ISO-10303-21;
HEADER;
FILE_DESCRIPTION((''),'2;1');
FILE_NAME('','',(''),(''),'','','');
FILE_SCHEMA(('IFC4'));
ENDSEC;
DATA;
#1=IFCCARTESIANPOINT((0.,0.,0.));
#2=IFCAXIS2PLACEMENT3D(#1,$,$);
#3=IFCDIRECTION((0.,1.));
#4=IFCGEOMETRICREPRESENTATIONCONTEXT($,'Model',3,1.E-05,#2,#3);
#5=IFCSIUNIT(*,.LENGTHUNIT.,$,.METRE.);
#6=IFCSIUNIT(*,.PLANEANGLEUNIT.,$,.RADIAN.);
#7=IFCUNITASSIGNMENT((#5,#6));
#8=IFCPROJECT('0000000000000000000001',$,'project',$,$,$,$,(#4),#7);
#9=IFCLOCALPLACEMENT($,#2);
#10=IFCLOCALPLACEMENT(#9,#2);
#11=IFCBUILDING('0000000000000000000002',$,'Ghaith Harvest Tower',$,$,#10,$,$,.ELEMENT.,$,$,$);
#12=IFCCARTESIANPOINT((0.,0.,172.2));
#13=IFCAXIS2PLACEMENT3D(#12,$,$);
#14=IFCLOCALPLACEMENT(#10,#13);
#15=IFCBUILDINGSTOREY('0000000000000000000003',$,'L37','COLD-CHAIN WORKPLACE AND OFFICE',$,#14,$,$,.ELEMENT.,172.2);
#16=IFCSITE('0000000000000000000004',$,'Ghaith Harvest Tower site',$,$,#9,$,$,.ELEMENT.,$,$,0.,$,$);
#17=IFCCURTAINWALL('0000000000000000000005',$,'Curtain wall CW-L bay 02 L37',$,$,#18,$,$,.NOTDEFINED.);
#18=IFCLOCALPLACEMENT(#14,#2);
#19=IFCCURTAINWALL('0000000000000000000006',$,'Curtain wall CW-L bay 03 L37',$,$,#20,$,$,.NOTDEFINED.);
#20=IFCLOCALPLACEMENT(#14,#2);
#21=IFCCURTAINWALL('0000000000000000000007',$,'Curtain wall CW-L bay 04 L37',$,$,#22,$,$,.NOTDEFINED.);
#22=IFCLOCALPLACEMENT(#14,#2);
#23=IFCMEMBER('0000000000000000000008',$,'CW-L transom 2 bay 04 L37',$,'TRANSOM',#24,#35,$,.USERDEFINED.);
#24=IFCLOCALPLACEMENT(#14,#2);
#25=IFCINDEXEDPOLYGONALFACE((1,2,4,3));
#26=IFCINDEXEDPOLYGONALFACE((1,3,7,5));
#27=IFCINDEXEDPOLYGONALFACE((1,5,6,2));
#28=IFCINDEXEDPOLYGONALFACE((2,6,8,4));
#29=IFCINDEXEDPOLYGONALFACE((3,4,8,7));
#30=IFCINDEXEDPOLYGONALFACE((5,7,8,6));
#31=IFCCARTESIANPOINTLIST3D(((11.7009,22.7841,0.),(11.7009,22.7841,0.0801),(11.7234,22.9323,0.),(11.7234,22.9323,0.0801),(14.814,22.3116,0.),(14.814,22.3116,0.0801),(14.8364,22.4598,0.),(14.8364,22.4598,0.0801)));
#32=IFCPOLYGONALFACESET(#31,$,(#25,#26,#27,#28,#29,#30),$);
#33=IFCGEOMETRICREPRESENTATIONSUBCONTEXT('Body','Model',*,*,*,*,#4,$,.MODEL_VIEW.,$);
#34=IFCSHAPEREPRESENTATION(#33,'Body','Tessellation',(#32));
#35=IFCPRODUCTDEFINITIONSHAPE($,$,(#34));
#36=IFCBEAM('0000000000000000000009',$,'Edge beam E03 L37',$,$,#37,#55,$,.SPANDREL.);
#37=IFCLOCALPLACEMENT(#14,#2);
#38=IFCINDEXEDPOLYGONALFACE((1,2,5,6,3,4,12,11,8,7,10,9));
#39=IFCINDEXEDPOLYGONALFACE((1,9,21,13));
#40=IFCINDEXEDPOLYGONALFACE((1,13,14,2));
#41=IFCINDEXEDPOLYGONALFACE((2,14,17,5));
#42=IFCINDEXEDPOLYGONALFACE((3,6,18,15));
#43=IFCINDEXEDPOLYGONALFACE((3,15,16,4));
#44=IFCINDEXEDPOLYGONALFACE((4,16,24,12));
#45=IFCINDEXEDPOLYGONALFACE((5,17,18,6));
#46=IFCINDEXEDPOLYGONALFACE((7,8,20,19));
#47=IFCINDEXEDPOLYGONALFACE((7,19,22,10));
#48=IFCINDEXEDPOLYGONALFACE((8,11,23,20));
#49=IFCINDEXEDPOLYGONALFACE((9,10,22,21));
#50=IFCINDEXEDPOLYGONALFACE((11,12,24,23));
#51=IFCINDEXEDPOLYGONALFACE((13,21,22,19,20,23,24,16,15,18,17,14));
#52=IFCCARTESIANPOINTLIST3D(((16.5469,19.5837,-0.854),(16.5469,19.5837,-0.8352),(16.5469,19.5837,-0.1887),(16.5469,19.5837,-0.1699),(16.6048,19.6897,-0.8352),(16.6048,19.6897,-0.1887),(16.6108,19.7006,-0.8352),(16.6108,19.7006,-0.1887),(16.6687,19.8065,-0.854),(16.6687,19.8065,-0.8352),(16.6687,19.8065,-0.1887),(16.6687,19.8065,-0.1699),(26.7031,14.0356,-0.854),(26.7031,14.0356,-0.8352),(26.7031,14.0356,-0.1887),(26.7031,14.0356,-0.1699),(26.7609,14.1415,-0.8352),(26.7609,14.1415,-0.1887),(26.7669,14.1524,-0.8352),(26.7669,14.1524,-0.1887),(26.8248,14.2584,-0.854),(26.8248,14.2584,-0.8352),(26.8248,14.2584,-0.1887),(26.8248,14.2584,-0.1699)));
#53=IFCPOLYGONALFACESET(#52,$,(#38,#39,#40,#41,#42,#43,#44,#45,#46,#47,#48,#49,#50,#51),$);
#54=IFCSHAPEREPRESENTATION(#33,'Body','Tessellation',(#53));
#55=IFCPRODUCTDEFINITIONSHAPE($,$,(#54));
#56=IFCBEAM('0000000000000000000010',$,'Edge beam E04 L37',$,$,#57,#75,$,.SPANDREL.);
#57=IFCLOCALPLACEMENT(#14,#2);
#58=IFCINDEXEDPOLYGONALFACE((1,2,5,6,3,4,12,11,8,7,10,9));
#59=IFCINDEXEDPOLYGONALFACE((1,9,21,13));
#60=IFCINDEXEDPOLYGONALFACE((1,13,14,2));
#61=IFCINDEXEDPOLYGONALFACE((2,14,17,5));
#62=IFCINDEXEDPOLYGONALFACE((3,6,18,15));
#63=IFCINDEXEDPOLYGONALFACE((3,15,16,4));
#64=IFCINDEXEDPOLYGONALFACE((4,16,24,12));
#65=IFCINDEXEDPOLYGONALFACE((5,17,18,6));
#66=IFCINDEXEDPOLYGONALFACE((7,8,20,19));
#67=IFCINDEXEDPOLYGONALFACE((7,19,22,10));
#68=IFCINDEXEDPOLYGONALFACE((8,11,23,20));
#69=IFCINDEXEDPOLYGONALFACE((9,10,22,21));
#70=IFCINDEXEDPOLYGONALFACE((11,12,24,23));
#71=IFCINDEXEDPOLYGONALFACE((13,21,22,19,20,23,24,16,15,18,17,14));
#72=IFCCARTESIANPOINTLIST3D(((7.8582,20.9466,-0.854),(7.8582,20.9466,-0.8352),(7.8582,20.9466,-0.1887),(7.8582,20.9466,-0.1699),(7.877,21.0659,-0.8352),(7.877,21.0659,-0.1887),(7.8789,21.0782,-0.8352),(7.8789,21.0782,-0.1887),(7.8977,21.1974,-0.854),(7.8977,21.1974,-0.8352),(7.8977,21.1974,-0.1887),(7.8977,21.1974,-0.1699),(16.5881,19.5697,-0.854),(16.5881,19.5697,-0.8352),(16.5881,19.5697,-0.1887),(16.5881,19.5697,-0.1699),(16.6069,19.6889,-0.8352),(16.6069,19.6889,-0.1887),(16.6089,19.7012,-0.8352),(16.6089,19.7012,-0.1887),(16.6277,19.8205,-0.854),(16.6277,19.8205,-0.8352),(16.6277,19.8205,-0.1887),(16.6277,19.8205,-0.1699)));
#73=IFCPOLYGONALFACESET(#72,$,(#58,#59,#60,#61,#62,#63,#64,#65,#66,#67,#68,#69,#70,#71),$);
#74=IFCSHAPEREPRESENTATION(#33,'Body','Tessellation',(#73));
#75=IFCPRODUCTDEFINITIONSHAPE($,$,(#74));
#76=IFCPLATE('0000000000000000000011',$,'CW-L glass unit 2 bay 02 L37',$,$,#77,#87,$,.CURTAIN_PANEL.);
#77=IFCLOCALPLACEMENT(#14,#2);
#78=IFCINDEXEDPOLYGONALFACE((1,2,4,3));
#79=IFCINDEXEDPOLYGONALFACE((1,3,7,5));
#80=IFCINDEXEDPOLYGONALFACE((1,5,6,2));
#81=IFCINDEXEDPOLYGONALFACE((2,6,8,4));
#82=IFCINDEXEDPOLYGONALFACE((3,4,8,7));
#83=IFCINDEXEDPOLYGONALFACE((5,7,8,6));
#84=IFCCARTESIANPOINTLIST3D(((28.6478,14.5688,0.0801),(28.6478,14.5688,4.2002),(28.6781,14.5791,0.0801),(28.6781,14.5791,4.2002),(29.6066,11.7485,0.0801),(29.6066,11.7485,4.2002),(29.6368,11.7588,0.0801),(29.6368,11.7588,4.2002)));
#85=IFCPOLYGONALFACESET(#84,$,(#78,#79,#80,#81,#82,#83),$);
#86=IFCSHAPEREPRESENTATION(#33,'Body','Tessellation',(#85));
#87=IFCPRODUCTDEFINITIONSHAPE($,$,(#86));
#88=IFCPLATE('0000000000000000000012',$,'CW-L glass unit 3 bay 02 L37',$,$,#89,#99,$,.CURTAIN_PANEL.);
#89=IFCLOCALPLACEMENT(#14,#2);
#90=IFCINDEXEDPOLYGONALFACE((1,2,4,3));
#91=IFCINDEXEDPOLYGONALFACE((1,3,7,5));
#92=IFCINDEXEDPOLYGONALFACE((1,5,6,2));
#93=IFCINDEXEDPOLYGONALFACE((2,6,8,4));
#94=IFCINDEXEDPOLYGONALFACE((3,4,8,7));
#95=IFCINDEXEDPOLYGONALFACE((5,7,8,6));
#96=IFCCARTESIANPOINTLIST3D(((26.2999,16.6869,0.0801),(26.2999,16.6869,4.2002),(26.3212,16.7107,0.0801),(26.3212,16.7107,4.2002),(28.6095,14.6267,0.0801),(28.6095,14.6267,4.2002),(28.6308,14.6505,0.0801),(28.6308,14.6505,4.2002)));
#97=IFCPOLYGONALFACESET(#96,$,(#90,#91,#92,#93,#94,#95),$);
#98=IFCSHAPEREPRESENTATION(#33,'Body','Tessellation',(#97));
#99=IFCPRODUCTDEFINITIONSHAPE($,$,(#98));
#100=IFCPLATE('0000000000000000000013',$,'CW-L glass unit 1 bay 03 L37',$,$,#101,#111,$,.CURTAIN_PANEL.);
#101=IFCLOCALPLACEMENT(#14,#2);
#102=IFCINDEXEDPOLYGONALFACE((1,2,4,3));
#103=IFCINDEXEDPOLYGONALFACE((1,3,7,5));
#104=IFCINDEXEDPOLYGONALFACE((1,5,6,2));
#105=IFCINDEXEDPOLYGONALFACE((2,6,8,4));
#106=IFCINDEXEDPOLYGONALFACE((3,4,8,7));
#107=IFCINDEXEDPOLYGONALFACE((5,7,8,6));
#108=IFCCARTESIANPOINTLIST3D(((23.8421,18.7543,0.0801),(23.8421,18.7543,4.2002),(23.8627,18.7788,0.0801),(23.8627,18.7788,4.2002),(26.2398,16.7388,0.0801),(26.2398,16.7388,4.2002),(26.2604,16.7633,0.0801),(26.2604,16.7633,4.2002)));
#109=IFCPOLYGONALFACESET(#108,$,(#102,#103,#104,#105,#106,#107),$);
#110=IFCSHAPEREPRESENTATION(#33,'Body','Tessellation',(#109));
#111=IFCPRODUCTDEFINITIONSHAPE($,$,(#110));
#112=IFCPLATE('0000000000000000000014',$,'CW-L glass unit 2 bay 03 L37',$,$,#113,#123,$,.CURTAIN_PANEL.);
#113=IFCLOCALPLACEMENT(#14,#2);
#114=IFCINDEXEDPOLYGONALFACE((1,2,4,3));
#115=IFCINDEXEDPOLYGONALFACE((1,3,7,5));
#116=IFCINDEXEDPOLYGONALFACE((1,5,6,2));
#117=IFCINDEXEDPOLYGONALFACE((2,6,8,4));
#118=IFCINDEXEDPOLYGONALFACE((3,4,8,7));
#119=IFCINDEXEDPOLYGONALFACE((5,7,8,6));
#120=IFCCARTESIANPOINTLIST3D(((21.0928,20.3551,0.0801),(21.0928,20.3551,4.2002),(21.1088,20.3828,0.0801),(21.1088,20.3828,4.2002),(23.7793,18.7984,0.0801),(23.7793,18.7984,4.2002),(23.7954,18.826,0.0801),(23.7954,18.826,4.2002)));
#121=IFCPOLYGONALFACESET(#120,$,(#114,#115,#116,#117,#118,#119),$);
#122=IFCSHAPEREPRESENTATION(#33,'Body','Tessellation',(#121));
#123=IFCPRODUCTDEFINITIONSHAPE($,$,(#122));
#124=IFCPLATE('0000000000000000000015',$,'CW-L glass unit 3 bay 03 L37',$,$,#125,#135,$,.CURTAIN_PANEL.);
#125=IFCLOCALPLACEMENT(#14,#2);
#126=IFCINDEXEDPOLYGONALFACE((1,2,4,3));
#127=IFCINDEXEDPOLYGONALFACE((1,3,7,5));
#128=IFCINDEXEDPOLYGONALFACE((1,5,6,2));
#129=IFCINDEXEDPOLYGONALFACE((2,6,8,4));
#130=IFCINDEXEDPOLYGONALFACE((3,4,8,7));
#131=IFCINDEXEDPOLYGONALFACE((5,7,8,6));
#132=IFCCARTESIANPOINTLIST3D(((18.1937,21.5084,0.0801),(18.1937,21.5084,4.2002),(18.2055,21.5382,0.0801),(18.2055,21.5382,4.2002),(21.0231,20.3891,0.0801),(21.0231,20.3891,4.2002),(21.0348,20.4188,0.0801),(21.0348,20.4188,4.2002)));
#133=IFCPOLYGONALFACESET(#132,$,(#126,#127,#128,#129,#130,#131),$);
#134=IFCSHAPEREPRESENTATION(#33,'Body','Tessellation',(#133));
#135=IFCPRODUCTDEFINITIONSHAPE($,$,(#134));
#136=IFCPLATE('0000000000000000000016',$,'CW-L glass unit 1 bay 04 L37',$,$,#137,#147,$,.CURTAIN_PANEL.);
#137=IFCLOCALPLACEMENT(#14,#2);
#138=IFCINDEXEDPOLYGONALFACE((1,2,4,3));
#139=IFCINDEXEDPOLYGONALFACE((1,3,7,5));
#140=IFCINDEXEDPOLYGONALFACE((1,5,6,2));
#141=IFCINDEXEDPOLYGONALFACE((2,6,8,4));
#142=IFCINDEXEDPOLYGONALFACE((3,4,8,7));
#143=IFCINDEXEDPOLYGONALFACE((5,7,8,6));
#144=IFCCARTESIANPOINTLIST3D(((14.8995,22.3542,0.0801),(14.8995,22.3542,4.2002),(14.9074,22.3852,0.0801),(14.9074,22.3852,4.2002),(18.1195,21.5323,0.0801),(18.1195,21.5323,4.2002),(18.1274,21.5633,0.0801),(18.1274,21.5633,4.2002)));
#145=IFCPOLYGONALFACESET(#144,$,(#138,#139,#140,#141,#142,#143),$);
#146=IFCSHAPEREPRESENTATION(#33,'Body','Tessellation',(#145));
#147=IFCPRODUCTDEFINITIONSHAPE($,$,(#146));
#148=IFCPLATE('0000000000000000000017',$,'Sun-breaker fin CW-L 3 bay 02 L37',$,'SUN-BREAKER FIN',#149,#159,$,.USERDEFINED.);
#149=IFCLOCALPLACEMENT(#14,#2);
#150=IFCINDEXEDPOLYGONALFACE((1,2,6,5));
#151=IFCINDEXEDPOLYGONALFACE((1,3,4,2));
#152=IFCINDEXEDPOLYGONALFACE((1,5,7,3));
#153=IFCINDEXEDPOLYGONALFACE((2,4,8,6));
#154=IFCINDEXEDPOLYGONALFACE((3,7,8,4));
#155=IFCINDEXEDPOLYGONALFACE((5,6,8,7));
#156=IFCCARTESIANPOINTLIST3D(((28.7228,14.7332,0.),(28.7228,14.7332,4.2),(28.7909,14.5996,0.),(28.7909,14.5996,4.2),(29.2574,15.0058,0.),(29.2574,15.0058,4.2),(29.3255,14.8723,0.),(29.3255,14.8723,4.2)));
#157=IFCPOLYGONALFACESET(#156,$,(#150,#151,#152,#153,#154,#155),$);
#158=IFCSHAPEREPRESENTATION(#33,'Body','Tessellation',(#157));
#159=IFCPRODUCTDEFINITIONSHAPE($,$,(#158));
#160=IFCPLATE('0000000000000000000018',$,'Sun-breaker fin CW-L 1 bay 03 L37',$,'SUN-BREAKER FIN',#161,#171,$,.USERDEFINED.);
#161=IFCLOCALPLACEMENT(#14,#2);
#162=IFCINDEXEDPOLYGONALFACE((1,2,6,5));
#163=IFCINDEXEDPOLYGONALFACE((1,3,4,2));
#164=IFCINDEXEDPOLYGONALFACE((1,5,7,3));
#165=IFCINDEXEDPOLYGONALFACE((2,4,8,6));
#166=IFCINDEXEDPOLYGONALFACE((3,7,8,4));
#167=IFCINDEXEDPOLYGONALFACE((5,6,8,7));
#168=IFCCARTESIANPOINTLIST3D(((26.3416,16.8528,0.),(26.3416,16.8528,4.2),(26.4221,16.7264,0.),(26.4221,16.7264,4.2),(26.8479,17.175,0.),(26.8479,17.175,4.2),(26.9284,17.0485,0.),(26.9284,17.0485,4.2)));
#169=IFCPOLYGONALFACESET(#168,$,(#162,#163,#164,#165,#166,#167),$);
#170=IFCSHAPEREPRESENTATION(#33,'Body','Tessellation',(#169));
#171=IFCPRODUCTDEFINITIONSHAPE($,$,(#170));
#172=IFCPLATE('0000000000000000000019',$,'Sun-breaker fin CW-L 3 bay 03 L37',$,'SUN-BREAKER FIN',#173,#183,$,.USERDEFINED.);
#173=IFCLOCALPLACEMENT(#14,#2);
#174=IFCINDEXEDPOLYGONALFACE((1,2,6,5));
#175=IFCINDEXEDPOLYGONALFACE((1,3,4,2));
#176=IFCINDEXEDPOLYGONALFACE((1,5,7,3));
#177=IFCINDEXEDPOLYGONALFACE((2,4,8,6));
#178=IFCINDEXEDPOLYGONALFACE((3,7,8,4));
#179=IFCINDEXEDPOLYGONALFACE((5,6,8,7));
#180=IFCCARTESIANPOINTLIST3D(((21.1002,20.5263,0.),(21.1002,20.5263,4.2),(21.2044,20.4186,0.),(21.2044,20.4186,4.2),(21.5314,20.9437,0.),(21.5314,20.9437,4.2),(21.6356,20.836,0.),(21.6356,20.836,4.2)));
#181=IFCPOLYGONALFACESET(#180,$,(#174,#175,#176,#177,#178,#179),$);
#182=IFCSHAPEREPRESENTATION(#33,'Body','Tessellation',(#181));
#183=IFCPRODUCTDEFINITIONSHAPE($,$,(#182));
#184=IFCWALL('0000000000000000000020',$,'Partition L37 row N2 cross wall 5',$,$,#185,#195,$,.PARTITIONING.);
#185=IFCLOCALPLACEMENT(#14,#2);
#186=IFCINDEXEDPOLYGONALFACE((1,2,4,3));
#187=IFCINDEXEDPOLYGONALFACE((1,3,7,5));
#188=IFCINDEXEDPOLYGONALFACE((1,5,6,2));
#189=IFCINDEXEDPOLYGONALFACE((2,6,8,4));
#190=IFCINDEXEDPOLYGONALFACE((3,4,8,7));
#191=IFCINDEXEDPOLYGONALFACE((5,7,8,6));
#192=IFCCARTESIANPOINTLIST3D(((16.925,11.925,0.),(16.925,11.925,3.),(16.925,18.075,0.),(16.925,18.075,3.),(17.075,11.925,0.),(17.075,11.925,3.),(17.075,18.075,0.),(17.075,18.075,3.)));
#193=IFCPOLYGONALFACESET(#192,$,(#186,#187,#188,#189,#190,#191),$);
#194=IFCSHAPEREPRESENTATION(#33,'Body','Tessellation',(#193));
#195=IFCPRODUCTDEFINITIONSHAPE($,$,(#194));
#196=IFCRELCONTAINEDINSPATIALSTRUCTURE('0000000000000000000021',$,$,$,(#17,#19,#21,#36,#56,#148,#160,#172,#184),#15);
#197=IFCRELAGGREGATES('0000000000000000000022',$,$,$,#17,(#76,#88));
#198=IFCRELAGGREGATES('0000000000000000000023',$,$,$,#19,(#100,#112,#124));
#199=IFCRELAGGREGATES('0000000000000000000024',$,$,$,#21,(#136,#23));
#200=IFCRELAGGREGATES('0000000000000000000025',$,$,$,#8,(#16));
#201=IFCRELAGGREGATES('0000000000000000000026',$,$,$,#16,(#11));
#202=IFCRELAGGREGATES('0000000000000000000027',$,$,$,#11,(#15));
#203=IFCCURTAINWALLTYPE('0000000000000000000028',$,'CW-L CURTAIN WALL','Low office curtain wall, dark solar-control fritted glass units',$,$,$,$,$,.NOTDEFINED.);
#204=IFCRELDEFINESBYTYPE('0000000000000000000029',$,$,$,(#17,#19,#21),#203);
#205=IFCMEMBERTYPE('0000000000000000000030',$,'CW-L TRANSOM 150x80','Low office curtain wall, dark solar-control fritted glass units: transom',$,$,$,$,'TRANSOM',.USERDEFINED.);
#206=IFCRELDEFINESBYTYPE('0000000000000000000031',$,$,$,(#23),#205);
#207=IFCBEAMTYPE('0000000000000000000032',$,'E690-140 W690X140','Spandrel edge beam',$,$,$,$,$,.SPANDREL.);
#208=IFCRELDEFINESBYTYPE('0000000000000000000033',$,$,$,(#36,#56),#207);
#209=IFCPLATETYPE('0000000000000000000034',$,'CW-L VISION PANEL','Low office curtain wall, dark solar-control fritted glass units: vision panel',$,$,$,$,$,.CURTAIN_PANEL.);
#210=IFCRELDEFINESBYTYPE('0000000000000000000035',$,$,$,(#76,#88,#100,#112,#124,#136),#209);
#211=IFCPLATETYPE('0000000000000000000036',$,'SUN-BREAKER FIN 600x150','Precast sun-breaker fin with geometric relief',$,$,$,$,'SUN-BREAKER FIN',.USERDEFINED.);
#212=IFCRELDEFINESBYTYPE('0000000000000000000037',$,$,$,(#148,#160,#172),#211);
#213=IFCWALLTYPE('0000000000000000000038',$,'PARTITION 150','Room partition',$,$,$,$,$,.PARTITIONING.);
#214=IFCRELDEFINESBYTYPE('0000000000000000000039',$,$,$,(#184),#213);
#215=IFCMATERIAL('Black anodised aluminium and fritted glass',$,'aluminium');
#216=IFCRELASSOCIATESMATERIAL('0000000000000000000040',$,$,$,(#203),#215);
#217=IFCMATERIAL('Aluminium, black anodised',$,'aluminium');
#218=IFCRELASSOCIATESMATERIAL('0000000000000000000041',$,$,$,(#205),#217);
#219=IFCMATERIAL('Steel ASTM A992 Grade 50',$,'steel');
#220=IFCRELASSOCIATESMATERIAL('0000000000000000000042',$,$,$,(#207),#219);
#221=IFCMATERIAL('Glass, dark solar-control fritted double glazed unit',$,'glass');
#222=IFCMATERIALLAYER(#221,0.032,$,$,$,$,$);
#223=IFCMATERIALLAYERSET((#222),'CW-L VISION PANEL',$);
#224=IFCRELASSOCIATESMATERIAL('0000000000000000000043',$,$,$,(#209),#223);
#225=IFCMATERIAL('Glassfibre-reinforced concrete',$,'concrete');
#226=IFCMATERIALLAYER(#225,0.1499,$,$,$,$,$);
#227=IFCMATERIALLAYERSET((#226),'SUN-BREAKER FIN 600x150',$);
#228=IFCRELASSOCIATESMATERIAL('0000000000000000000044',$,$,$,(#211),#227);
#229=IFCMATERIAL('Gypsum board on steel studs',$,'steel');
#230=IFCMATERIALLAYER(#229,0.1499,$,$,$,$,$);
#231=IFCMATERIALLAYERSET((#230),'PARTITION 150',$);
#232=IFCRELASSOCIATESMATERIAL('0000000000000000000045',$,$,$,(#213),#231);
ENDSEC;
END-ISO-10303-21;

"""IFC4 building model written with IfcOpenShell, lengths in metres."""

from ifc_helpers import new_model, si_unit, direction, frame, frame_2d, origin, origin_2d, place, context, subcontext, project, spatial, rectangle, i_section, extrude, material, layer, layer_set, material_profile, profile_set, type_object, element, aggregate, save


model = new_model("IFC4")

# Units and contexts
model_context = context("Model", 3, precision=1e-05, world=origin(), true_north=direction((0.0, 1.0)))
body_context = subcontext(model_context, "Body", "Model", "MODEL_VIEW")
ifc_project = project(units=[si_unit("LENGTHUNIT", "METRE"), si_unit("PLANEANGLEUNIT", "RADIAN")], contexts=[model_context])

# Site, building, storey
site_placement = place(None, origin())
site = spatial("IfcSite", under=ifc_project, at=site_placement, Name="Ghaith Harvest Tower site", CompositionType="ELEMENT", RefElevation=0.0)
building_placement = place(site_placement, origin())
building = spatial("IfcBuilding", under=site, at=building_placement, Name="Ghaith Harvest Tower", CompositionType="ELEMENT")
storey_placement = place(building_placement, frame((0.0, 0.0, 172.2)))
storey = spatial("IfcBuildingStorey", under=building, at=storey_placement, Name="L37", Description="COLD-CHAIN WORKPLACE AND OFFICE", CompositionType="ELEMENT", Elevation=172.2)

# Curtain wall
ifc_material_1 = material(Name="Black anodised aluminium and fritted glass", Category="aluminium")
curtain_wall_type = type_object("IfcCurtainWallType", Name="CW-L CURTAIN WALL", Description="Low office curtain wall, dark solar-control fritted glass units", PredefinedType="NOTDEFINED", material=ifc_material_1)
curtain_wall_1_placement = place(storey_placement, origin())
curtain_wall_1 = element("IfcCurtainWall", 1, at=curtain_wall_1_placement, inside=storey, type_object=curtain_wall_type, Name="Curtain wall CW-L bay 02 L37", PredefinedType="NOTDEFINED")

# Curtain walls
curtain_wall_2_placement = place(storey_placement, origin())
curtain_wall_2 = element("IfcCurtainWall", 2, at=curtain_wall_2_placement, inside=storey, type_object=curtain_wall_type, Name="Curtain wall CW-L bay 03 L37", PredefinedType="NOTDEFINED")
curtain_wall_3_placement = place(storey_placement, origin())
curtain_wall_3 = element("IfcCurtainWall", 3, at=curtain_wall_3_placement, inside=storey, type_object=curtain_wall_type, Name="Curtain wall CW-L bay 04 L37", PredefinedType="NOTDEFINED")

# Member
ifc_material_2 = material(Name="Aluminium, black anodised", Category="aluminium")
ifc_material_profile_1 = material_profile(ifc_material_2, rectangle(XDim=0.1499, YDim=0.0801, at=origin_2d()), Name="CW-L TRANSOM 150x80")
ifc_profile_set_1 = profile_set([ifc_material_profile_1], Name="Aluminium, black anodised")
member_type_1 = type_object("IfcMemberType", Name="CW-L TRANSOM 150x80", Description="Low office curtain wall, dark solar-control fritted glass units: transom", ElementType="TRANSOM", PredefinedType="USERDEFINED", material=ifc_profile_set_1)
member_1_placement = place(storey_placement, frame((14.8252, 22.3857, 0.04), z_axis=(-0.988681, 0.150035, 0.0), x_axis=(-0.150035, -0.988681, 0.0)))
member_1 = element("IfcMember", 4, at=member_1_placement, type_object=member_type_1, Name="CW-L transom 2 bay 04 L37", ObjectType="TRANSOM", PredefinedType="USERDEFINED", context=body_context, shape_type="SweptSolid", body=[
    extrude(rectangle(XDim=0.1499, YDim=0.0801, at=origin_2d()), origin(), (0.0, 0.0, 1.0), 3.1487),
])

# Beams
ifc_material_3 = material(Name="Steel ASTM A992 Grade 50", Category="steel")
ifc_material_profile_2 = material_profile(ifc_material_3, i_section(OverallWidth=0.2539, OverallDepth=0.6841, WebThickness=0.0125, FlangeThickness=0.0188, at=origin_2d()), Name="W690X140")
ifc_profile_set_2 = profile_set([ifc_material_profile_2], Name="Steel ASTM A992 Grade 50")
beam_type = type_object("IfcBeamType", Name="E690-140 W690X140", Description="Spandrel edge beam", PredefinedType="SPANDREL", material=ifc_profile_set_2)
beam_1_placement = place(storey_placement, frame((26.7639, 14.147, -0.512), z_axis=(-0.877588, 0.479415, 0.0), x_axis=(-0.479415, -0.877588, 0.0)))
element("IfcBeam", 5, at=beam_1_placement, inside=storey, type_object=beam_type, Name="Edge beam E03 L37", PredefinedType="SPANDREL", context=body_context, shape_type="SweptSolid", body=[
    extrude(i_section(OverallWidth=0.2539, OverallDepth=0.6841, WebThickness=0.0125, FlangeThickness=0.0188, at=origin_2d()), origin(), (0.0, 0.0, 1.0), 11.5728),
])
beam_2_placement = place(storey_placement, frame((16.6079, 19.6951, -0.512), z_axis=(-0.987788, 0.155801, 0.0), x_axis=(-0.155801, -0.987788, 0.0)))
element("IfcBeam", 6, at=beam_2_placement, inside=storey, type_object=beam_type, Name="Edge beam E04 L37", PredefinedType="SPANDREL", context=body_context, shape_type="SweptSolid", body=[
    extrude(i_section(OverallWidth=0.2539, OverallDepth=0.6841, WebThickness=0.0125, FlangeThickness=0.0188, at=origin_2d()), origin(), (0.0, 0.0, 1.0), 8.8379),
])

# Plates
ifc_material_4 = material(Name="Glass, dark solar-control fritted double glazed unit", Category="glass")
ifc_layer_1 = layer(ifc_material_4, 0.032)
ifc_layer_set_1 = layer_set([ifc_layer_1], Name="CW-L VISION PANEL")
plate_type_1 = type_object("IfcPlateType", Name="CW-L VISION PANEL", Description="Low office curtain wall, dark solar-control fritted glass units: vision panel", PredefinedType="CURTAIN_PANEL", material=ifc_layer_set_1)
plate_1_placement = place(storey_placement, frame((29.1423, 13.1638, 0.0801), z_axis=(0.0, 0.0, 1.0), x_axis=(-0.321853, 0.94679, 0.0)))
plate_1 = element("IfcPlate", 7, at=plate_1_placement, type_object=plate_type_1, Name="CW-L glass unit 2 bay 02 L37", PredefinedType="CURTAIN_PANEL", context=body_context, shape_type="SweptSolid", body=[
    extrude(rectangle(XDim=2.9788, YDim=0.032, at=origin_2d()), origin(), (0.0, 0.0, 1.0), 4.1201),
])
plate_2_placement = place(storey_placement, frame((27.4653, 15.6687, 0.0801), z_axis=(0.0, 0.0, 1.0), x_axis=(-0.746251, 0.665665, 0.0)))
plate_2 = element("IfcPlate", 8, at=plate_2_placement, type_object=plate_type_1, Name="CW-L glass unit 3 bay 02 L37", PredefinedType="CURTAIN_PANEL", context=body_context, shape_type="SweptSolid", body=[
    extrude(rectangle(XDim=3.095, YDim=0.032, at=origin_2d()), origin(), (0.0, 0.0, 1.0), 4.1201),
])
aggregate(curtain_wall_1, [plate_1, plate_2])
plate_3_placement = place(storey_placement, frame((25.0513, 17.7588, 0.0801), z_axis=(0.0, 0.0, 1.0), x_axis=(-0.765473, 0.643468, 0.0)))
plate_3 = element("IfcPlate", 9, at=plate_3_placement, type_object=plate_type_1, Name="CW-L glass unit 1 bay 03 L37", PredefinedType="CURTAIN_PANEL", context=body_context, shape_type="SweptSolid", body=[
    extrude(rectangle(XDim=3.1323, YDim=0.032, at=origin_2d()), origin(), (0.0, 0.0, 1.0), 4.1201),
])
plate_4_placement = place(storey_placement, frame((22.4441, 19.5906, 0.0801), z_axis=(0.0, 0.0, 1.0), x_axis=(-0.865232, 0.501372, 0.0)))
plate_4 = element("IfcPlate", 10, at=plate_4_placement, type_object=plate_type_1, Name="CW-L glass unit 2 bay 03 L37", PredefinedType="CURTAIN_PANEL", context=body_context, shape_type="SweptSolid", body=[
    extrude(rectangle(XDim=3.105, YDim=0.032, at=origin_2d()), origin(), (0.0, 0.0, 1.0), 4.1201),
])
plate_5_placement = place(storey_placement, frame((19.6143, 20.9636, 0.0801), z_axis=(0.0, 0.0, 1.0), x_axis=(-0.929877, 0.367872, 0.0)))
plate_5 = element("IfcPlate", 11, at=plate_5_placement, type_object=plate_type_1, Name="CW-L glass unit 3 bay 03 L37", PredefinedType="CURTAIN_PANEL", context=body_context, shape_type="SweptSolid", body=[
    extrude(rectangle(XDim=3.0427, YDim=0.032, at=origin_2d()), origin(), (0.0, 0.0, 1.0), 4.1201),
])
aggregate(curtain_wall_2, [plate_3, plate_4, plate_5])
plate_6_placement = place(storey_placement, frame((16.5134, 21.9587, 0.0801), z_axis=(0.0, 0.0, 1.0), x_axis=(-0.968931, 0.247331, 0.0)))
plate_6 = element("IfcPlate", 12, at=plate_6_placement, type_object=plate_type_1, Name="CW-L glass unit 1 bay 04 L37", PredefinedType="CURTAIN_PANEL", context=body_context, shape_type="SweptSolid", body=[
    extrude(rectangle(XDim=3.3232, YDim=0.032, at=origin_2d()), origin(), (0.0, 0.0, 1.0), 4.1201),
])
aggregate(curtain_wall_3, [plate_6, member_1])

# Plates
ifc_material_5 = material(Name="Glassfibre-reinforced concrete", Category="concrete")
ifc_layer_2 = layer(ifc_material_5, 0.1499)
ifc_layer_set_2 = layer_set([ifc_layer_2], Name="SUN-BREAKER FIN 600x150")
plate_type_2 = type_object("IfcPlateType", Name="SUN-BREAKER FIN 600x150", Description="Precast sun-breaker fin with geometric relief", ElementType="SUN-BREAKER FIN", PredefinedType="USERDEFINED", material=ifc_layer_set_2)
for number, where, z_axis, x_axis, name in (
    (13, (29.0242, 14.8027, 0.0), (0.0, 0.0, 1.0), (0.890831, 0.454335, 0.0), "Sun-breaker fin CW-L 3 bay 02 L37"),
    (14, (26.635, 16.9507, 0.0), (0.0, 0.0, 1.0), (0.843644, 0.536903, 0.0), "Sun-breaker fin CW-L 1 bay 03 L37"),
    (15, (21.3679, 20.6812, 0.0), (0.0, 0.0, 1.0), (0.718559, 0.695466, 0.0), "Sun-breaker fin CW-L 3 bay 03 L37"),
):
    element("IfcPlate", number, at=place(storey_placement, frame(where, z_axis=z_axis, x_axis=x_axis)), inside=storey, type_object=plate_type_2, Name=name, ObjectType="SUN-BREAKER FIN", PredefinedType="USERDEFINED", context=body_context, shape_type="SweptSolid", body=[
        extrude(rectangle(XDim=0.6001, YDim=0.1499, at=origin_2d()), origin(), (0.0, 0.0, 1.0), 4.2),
    ])

# Wall
ifc_material_6 = material(Name="Gypsum board on steel studs", Category="steel")
ifc_layer_3 = layer(ifc_material_6, 0.1499)
ifc_layer_set_3 = layer_set([ifc_layer_3], Name="PARTITION 150")
wall_type = type_object("IfcWallType", Name="PARTITION 150", Description="Room partition", PredefinedType="PARTITIONING", material=ifc_layer_set_3)
wall_1_placement = place(storey_placement, frame((17.0, 11.925, 0.0), z_axis=(0.0, 0.0, 1.0), x_axis=(0.0, 1.0, 0.0)))
element("IfcWall", 16, at=wall_1_placement, inside=storey, type_object=wall_type, Name="Partition L37 row N2 cross wall 5", PredefinedType="PARTITIONING", context=body_context, shape_type="SweptSolid", body=[
    extrude(rectangle(XDim=6.1499, YDim=0.1499, at=frame_2d((3.075, 0.0))), origin(), (0.0, 0.0, 1.0), 3.0),
])

save(model, "model.ifc")
